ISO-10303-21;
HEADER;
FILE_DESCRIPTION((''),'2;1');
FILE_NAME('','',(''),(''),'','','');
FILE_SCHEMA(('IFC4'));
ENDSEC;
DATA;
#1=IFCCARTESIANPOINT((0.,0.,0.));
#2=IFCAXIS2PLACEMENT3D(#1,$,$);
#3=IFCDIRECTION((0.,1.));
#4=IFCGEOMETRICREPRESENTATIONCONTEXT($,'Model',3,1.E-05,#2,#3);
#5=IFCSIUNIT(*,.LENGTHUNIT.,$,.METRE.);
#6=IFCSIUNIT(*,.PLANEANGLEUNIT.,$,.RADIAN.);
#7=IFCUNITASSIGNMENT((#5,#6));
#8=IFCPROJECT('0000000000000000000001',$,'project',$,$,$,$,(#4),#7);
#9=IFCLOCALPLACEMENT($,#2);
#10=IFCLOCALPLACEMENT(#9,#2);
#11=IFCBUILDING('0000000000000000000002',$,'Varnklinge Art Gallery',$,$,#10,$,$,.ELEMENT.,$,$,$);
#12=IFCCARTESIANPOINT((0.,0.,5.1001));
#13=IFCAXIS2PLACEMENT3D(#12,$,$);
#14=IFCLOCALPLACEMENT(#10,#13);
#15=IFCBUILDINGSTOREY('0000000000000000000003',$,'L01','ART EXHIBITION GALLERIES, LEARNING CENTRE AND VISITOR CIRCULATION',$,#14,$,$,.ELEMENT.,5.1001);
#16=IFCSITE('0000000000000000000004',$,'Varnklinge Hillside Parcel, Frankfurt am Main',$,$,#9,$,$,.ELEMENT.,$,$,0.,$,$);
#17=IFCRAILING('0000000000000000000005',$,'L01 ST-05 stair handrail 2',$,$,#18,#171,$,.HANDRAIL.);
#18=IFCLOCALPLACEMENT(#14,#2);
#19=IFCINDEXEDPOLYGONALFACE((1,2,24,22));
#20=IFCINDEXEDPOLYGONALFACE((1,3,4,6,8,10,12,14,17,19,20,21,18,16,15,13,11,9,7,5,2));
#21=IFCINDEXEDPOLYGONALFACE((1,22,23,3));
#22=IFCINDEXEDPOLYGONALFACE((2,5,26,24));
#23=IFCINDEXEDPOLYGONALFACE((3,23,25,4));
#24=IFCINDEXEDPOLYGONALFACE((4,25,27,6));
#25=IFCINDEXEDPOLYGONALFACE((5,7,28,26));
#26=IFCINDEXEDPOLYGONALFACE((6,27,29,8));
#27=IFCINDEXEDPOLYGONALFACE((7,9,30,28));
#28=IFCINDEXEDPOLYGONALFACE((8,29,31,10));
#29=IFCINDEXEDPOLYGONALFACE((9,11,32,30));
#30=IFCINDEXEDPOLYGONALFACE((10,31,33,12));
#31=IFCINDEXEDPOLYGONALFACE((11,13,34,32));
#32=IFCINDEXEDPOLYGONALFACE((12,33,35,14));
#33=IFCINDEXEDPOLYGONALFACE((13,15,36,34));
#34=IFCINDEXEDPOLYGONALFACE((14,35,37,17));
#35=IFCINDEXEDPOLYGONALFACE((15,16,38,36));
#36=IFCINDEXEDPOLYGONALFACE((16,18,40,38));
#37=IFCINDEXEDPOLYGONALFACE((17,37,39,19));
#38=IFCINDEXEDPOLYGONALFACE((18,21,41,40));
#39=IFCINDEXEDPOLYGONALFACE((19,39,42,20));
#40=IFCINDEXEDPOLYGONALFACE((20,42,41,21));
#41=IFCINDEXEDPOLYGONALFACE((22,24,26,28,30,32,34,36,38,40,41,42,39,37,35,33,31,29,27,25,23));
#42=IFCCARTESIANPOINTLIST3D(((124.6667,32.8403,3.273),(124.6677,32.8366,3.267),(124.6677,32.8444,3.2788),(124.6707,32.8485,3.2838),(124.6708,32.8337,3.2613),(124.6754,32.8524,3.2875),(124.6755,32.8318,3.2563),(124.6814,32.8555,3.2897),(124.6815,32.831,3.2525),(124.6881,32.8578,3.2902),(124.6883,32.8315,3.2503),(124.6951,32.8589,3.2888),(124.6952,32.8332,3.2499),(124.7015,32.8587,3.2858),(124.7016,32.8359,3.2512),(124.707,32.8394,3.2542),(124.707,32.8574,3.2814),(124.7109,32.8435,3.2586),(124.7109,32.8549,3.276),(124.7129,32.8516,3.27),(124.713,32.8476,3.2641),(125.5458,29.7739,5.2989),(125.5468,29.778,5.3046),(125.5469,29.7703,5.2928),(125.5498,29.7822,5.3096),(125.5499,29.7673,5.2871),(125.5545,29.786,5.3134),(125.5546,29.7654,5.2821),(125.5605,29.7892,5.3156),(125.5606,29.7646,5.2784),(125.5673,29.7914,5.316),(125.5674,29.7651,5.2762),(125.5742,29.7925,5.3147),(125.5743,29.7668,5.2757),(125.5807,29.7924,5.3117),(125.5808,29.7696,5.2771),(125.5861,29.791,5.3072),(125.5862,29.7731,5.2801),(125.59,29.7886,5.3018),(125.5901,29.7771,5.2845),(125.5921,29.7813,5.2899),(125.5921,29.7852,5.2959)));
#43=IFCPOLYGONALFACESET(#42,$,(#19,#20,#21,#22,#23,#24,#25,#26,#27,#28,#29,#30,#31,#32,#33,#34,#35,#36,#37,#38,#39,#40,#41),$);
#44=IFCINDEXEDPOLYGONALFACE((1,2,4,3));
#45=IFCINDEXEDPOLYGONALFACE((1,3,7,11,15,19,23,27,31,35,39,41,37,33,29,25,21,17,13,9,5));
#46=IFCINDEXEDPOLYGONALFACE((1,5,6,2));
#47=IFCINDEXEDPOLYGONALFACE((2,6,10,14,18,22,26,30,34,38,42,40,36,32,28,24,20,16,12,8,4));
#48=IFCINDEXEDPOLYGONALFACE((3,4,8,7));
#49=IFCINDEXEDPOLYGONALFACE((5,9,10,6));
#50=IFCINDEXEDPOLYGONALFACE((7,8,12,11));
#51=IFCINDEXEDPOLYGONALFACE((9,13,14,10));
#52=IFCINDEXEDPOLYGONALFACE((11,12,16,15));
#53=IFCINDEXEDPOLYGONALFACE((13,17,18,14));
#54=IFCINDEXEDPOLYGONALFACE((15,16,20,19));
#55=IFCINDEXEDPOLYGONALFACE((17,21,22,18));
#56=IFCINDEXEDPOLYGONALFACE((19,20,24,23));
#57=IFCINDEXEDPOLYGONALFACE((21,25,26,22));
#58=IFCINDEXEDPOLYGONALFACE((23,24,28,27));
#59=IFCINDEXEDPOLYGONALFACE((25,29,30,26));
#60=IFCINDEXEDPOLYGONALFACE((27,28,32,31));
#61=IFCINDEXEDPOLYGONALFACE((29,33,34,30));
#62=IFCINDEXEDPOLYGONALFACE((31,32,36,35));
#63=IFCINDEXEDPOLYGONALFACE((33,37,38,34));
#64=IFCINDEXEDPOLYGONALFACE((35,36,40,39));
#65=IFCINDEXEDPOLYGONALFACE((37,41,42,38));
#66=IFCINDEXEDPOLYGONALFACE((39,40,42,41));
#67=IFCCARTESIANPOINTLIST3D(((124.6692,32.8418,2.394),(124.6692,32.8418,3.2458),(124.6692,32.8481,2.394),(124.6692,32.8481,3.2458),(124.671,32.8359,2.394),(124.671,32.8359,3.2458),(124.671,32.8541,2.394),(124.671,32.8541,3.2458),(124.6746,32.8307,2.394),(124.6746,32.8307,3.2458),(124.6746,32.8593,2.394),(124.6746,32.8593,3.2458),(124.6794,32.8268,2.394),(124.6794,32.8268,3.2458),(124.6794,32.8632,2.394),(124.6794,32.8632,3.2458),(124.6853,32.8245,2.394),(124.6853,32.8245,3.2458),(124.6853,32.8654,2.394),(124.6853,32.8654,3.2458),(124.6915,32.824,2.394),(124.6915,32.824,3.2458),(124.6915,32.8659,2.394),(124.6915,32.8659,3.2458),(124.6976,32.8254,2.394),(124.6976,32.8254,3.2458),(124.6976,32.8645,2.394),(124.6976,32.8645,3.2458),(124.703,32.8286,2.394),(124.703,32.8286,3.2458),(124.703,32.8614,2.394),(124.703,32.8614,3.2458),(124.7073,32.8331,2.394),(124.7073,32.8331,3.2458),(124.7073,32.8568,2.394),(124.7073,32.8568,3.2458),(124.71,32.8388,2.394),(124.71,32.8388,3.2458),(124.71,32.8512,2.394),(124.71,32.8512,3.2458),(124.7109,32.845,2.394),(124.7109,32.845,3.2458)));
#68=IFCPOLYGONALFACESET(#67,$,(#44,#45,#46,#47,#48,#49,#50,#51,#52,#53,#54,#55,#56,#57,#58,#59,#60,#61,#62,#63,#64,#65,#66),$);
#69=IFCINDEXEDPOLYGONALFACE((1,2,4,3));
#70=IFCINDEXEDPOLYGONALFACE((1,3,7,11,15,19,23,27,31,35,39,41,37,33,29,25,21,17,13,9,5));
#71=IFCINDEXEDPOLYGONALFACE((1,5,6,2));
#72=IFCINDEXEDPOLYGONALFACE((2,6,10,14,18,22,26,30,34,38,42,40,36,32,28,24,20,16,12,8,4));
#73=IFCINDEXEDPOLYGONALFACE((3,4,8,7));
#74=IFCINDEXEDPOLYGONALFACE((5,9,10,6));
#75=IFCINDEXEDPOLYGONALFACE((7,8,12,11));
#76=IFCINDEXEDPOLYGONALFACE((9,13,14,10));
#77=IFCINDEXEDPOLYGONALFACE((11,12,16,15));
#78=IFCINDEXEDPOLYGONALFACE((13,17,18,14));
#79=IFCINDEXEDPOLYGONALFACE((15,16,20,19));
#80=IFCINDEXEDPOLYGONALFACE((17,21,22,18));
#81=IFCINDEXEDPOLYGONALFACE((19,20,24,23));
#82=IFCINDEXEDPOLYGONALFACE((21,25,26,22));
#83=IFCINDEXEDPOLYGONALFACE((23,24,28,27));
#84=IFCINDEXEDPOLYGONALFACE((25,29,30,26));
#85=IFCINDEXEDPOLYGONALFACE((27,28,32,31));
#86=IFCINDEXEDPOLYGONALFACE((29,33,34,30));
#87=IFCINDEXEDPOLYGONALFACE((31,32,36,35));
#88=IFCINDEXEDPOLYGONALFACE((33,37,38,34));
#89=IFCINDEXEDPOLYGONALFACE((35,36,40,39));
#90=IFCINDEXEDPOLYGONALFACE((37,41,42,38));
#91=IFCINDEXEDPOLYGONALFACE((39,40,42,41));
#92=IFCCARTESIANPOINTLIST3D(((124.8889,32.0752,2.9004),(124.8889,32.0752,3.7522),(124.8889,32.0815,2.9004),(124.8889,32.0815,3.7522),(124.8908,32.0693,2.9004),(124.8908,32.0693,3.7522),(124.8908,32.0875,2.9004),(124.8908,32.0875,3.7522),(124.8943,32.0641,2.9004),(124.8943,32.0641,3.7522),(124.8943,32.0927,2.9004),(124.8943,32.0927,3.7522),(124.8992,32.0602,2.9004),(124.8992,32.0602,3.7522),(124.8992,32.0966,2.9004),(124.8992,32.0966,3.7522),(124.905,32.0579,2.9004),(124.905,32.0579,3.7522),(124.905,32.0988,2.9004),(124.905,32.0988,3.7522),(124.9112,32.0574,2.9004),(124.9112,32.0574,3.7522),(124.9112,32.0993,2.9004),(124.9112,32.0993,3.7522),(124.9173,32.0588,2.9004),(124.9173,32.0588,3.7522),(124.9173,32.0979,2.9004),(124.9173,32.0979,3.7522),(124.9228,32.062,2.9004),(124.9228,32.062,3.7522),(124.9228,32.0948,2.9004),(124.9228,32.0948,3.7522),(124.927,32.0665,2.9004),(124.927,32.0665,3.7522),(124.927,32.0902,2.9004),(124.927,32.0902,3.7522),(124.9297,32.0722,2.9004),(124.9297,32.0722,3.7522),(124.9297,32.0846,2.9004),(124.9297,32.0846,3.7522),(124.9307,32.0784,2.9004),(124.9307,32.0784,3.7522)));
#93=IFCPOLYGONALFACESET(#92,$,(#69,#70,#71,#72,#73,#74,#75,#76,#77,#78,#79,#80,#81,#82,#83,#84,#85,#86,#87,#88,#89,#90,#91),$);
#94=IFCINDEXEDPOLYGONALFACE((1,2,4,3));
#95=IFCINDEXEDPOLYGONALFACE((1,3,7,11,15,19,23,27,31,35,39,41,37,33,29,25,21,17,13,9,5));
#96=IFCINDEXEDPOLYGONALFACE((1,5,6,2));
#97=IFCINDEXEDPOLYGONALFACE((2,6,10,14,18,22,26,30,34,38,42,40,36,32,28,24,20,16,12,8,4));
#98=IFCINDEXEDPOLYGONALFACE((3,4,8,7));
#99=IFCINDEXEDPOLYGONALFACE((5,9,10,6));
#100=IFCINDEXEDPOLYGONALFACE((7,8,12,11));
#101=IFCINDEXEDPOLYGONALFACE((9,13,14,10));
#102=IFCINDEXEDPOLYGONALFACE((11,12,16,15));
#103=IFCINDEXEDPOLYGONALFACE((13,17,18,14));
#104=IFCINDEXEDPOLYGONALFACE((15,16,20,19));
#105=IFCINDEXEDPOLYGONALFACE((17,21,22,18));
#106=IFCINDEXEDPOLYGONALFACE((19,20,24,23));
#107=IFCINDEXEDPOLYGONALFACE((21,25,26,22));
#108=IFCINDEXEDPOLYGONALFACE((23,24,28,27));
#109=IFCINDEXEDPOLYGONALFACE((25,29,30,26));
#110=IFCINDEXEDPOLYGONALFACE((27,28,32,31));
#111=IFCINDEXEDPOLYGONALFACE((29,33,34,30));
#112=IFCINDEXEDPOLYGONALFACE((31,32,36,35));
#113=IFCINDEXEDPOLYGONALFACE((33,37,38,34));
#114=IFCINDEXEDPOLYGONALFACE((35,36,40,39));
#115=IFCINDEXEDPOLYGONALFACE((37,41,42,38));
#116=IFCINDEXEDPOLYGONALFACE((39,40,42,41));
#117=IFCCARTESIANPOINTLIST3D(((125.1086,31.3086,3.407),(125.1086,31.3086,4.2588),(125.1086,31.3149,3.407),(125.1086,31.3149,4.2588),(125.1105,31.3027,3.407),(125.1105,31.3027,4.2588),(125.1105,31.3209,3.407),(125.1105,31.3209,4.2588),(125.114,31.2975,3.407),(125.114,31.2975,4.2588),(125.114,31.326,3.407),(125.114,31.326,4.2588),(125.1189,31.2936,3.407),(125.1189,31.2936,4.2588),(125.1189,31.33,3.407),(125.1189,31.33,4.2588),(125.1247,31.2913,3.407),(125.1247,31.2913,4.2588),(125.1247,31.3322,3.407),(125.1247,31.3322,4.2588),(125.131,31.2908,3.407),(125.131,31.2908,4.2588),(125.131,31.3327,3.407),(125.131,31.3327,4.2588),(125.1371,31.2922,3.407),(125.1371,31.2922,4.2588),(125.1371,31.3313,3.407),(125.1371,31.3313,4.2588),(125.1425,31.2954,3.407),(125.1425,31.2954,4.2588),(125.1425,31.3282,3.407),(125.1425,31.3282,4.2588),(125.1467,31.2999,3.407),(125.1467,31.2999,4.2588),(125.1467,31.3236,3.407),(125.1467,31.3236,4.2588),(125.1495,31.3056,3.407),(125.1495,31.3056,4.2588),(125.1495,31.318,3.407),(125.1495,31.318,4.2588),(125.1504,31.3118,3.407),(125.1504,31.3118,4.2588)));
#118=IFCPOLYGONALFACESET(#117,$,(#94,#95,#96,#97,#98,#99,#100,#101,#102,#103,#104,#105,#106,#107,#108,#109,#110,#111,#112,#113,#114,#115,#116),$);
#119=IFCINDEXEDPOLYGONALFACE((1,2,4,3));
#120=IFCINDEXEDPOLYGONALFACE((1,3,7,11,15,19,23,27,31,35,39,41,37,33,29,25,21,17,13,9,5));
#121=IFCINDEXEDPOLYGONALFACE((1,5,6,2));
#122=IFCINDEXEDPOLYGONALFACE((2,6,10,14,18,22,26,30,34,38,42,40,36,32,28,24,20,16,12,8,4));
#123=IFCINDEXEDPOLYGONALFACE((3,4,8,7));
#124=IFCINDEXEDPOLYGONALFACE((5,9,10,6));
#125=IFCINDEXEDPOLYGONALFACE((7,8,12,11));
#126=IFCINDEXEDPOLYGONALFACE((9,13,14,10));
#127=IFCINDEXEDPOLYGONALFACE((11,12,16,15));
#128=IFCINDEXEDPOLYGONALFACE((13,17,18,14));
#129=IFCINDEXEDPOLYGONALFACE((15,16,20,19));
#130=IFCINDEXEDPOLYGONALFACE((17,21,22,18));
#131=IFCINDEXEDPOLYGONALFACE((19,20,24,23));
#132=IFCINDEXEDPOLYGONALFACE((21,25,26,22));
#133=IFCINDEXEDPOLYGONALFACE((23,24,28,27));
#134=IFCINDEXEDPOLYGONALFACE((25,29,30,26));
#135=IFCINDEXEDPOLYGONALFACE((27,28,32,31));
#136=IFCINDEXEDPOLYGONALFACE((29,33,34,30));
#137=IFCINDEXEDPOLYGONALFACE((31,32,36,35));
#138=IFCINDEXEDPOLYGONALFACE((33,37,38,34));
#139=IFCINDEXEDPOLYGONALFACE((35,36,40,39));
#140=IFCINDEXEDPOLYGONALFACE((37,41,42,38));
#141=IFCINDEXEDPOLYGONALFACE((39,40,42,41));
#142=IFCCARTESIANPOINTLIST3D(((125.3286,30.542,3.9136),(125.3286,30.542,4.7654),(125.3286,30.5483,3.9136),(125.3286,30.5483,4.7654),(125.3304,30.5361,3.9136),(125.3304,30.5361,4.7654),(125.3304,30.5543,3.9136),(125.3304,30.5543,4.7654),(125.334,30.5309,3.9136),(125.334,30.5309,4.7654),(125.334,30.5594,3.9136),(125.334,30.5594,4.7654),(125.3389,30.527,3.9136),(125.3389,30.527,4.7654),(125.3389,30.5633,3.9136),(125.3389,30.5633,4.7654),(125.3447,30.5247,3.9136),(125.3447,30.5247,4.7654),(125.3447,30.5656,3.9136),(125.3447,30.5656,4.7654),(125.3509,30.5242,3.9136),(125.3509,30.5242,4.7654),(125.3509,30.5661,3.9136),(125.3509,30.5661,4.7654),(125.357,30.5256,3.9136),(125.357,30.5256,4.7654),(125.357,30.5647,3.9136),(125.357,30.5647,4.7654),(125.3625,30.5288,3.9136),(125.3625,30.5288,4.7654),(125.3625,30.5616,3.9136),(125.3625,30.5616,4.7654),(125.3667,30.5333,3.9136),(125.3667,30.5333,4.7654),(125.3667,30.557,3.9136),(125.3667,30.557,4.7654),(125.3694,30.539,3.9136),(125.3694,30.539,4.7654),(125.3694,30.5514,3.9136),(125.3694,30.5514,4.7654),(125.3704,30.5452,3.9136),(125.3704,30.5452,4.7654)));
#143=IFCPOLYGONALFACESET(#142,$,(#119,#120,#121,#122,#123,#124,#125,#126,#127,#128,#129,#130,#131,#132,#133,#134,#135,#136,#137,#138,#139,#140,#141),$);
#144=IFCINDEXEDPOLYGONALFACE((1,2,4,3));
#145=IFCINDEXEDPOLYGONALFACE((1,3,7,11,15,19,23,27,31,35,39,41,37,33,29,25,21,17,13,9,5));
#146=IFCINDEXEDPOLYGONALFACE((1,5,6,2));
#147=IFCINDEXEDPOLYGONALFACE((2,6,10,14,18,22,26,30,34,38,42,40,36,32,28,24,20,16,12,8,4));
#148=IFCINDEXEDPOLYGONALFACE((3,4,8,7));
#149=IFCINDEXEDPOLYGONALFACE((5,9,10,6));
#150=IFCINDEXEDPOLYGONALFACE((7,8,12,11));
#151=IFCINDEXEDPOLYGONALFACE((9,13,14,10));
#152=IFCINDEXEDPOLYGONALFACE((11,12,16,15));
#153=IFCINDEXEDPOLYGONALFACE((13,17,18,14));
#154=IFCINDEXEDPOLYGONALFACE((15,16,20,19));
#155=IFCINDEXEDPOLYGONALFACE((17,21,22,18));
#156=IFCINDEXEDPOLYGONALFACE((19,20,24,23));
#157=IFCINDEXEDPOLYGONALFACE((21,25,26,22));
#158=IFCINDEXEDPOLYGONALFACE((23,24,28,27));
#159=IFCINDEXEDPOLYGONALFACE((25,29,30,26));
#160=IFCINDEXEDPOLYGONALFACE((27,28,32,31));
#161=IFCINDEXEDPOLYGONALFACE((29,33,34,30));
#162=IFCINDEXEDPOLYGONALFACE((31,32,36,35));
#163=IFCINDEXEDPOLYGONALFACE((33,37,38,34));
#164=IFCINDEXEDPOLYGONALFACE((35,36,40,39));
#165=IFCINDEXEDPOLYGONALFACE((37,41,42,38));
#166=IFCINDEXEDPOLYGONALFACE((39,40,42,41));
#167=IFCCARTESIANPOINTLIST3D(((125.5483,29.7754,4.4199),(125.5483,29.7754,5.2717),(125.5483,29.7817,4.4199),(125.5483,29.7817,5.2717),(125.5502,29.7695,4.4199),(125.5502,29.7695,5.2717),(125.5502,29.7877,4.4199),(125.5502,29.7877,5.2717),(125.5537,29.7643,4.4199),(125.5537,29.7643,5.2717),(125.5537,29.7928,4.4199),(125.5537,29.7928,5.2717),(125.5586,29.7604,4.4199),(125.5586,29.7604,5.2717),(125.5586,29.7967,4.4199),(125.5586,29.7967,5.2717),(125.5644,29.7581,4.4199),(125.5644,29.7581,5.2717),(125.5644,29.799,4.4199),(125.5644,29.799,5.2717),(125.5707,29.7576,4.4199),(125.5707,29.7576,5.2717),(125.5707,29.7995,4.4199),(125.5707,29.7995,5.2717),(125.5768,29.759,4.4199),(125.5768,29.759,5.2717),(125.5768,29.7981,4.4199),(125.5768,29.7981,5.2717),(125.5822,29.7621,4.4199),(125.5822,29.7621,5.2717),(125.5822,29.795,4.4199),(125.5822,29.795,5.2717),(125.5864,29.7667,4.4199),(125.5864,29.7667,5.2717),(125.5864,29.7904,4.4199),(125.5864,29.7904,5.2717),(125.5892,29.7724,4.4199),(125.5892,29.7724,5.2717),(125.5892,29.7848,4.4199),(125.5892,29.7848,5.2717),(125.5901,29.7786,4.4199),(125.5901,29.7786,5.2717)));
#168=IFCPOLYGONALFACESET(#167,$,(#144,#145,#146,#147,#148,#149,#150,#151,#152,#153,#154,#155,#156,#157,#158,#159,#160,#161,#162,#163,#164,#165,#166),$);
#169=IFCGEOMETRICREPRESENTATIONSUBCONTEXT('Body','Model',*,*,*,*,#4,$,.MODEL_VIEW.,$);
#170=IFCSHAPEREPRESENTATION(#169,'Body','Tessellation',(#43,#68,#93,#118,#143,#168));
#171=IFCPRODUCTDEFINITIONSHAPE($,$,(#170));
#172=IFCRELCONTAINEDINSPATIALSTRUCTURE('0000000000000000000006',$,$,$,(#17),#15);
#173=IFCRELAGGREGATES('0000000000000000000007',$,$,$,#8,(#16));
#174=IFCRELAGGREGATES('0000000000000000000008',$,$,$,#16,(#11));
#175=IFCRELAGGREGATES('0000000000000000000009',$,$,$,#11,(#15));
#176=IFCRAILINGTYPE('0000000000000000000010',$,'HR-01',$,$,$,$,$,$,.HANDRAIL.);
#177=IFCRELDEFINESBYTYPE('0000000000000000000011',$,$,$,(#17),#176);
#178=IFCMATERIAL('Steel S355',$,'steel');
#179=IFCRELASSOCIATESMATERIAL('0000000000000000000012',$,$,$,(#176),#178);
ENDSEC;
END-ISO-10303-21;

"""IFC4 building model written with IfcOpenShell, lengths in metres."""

from ifc_helpers import new_model, si_unit, direction, frame, origin, origin_2d, place, context, subcontext, project, spatial, circle, extrude, material, type_object, element, save


model = new_model("IFC4")

# Units and contexts
model_context = context("Model", 3, precision=1e-05, world=origin(), true_north=direction((0.0, 1.0)))
body_context = subcontext(model_context, "Body", "Model", "MODEL_VIEW")
ifc_project = project(units=[si_unit("LENGTHUNIT", "METRE"), si_unit("PLANEANGLEUNIT", "RADIAN")], contexts=[model_context])

# Site, building, storey
site_placement = place(None, origin())
site = spatial("IfcSite", under=ifc_project, at=site_placement, Name="Varnklinge Hillside Parcel, Frankfurt am Main", CompositionType="ELEMENT", RefElevation=0.0)
building_placement = place(site_placement, origin())
building = spatial("IfcBuilding", under=site, at=building_placement, Name="Varnklinge Art Gallery", CompositionType="ELEMENT")
storey_placement = place(building_placement, frame((0.0, 0.0, 5.1001)))
storey = spatial("IfcBuildingStorey", under=building, at=storey_placement, Name="L01", Description="ART EXHIBITION GALLERIES, LEARNING CENTRE AND VISITOR CIRCULATION", CompositionType="ELEMENT", Elevation=5.1001)

# Railing
ifc_material_1 = material(Name="Steel S355", Category="steel")
railing_type_1 = type_object("IfcRailingType", Name="HR-01", PredefinedType="HANDRAIL", material=ifc_material_1)
railing_1_placement = place(storey_placement, frame((124.6899, 32.845, 2.394)))
element("IfcRailing", 1, at=railing_1_placement, inside=storey, type_object=railing_type_1, Name="L01 ST-05 stair handrail 2", PredefinedType="HANDRAIL", context=body_context, shape_type="SweptSolid", body=[
    extrude(circle(Radius=0.0239, at=origin_2d()), frame((0.0, 0.0, 0.876), z_axis=(0.232648, -0.811459, 0.536106), x_axis=(0.961272, 0.2756, 0.0)), (0.0, 0.0, 1.0), 3.7788),
    extrude(circle(Radius=0.021, at=origin_2d()), origin(), (0.0, 0.0, 1.0), 0.8518),
    extrude(circle(Radius=0.021, at=origin_2d()), frame((0.2197, -0.7666, 0.5063)), (0.0, 0.0, 1.0), 0.8518),
    extrude(circle(Radius=0.021, at=origin_2d()), frame((0.4395, -1.5332, 1.0129)), (0.0, 0.0, 1.0), 0.8518),
    extrude(circle(Radius=0.021, at=origin_2d()), frame((0.6594, -2.2998, 1.5195)), (0.0, 0.0, 1.0), 0.8518),
    extrude(circle(Radius=0.021, at=origin_2d()), frame((0.8792, -3.0664, 2.0259)), (0.0, 0.0, 1.0), 0.8518),
])

save(model, "model.ifc")
